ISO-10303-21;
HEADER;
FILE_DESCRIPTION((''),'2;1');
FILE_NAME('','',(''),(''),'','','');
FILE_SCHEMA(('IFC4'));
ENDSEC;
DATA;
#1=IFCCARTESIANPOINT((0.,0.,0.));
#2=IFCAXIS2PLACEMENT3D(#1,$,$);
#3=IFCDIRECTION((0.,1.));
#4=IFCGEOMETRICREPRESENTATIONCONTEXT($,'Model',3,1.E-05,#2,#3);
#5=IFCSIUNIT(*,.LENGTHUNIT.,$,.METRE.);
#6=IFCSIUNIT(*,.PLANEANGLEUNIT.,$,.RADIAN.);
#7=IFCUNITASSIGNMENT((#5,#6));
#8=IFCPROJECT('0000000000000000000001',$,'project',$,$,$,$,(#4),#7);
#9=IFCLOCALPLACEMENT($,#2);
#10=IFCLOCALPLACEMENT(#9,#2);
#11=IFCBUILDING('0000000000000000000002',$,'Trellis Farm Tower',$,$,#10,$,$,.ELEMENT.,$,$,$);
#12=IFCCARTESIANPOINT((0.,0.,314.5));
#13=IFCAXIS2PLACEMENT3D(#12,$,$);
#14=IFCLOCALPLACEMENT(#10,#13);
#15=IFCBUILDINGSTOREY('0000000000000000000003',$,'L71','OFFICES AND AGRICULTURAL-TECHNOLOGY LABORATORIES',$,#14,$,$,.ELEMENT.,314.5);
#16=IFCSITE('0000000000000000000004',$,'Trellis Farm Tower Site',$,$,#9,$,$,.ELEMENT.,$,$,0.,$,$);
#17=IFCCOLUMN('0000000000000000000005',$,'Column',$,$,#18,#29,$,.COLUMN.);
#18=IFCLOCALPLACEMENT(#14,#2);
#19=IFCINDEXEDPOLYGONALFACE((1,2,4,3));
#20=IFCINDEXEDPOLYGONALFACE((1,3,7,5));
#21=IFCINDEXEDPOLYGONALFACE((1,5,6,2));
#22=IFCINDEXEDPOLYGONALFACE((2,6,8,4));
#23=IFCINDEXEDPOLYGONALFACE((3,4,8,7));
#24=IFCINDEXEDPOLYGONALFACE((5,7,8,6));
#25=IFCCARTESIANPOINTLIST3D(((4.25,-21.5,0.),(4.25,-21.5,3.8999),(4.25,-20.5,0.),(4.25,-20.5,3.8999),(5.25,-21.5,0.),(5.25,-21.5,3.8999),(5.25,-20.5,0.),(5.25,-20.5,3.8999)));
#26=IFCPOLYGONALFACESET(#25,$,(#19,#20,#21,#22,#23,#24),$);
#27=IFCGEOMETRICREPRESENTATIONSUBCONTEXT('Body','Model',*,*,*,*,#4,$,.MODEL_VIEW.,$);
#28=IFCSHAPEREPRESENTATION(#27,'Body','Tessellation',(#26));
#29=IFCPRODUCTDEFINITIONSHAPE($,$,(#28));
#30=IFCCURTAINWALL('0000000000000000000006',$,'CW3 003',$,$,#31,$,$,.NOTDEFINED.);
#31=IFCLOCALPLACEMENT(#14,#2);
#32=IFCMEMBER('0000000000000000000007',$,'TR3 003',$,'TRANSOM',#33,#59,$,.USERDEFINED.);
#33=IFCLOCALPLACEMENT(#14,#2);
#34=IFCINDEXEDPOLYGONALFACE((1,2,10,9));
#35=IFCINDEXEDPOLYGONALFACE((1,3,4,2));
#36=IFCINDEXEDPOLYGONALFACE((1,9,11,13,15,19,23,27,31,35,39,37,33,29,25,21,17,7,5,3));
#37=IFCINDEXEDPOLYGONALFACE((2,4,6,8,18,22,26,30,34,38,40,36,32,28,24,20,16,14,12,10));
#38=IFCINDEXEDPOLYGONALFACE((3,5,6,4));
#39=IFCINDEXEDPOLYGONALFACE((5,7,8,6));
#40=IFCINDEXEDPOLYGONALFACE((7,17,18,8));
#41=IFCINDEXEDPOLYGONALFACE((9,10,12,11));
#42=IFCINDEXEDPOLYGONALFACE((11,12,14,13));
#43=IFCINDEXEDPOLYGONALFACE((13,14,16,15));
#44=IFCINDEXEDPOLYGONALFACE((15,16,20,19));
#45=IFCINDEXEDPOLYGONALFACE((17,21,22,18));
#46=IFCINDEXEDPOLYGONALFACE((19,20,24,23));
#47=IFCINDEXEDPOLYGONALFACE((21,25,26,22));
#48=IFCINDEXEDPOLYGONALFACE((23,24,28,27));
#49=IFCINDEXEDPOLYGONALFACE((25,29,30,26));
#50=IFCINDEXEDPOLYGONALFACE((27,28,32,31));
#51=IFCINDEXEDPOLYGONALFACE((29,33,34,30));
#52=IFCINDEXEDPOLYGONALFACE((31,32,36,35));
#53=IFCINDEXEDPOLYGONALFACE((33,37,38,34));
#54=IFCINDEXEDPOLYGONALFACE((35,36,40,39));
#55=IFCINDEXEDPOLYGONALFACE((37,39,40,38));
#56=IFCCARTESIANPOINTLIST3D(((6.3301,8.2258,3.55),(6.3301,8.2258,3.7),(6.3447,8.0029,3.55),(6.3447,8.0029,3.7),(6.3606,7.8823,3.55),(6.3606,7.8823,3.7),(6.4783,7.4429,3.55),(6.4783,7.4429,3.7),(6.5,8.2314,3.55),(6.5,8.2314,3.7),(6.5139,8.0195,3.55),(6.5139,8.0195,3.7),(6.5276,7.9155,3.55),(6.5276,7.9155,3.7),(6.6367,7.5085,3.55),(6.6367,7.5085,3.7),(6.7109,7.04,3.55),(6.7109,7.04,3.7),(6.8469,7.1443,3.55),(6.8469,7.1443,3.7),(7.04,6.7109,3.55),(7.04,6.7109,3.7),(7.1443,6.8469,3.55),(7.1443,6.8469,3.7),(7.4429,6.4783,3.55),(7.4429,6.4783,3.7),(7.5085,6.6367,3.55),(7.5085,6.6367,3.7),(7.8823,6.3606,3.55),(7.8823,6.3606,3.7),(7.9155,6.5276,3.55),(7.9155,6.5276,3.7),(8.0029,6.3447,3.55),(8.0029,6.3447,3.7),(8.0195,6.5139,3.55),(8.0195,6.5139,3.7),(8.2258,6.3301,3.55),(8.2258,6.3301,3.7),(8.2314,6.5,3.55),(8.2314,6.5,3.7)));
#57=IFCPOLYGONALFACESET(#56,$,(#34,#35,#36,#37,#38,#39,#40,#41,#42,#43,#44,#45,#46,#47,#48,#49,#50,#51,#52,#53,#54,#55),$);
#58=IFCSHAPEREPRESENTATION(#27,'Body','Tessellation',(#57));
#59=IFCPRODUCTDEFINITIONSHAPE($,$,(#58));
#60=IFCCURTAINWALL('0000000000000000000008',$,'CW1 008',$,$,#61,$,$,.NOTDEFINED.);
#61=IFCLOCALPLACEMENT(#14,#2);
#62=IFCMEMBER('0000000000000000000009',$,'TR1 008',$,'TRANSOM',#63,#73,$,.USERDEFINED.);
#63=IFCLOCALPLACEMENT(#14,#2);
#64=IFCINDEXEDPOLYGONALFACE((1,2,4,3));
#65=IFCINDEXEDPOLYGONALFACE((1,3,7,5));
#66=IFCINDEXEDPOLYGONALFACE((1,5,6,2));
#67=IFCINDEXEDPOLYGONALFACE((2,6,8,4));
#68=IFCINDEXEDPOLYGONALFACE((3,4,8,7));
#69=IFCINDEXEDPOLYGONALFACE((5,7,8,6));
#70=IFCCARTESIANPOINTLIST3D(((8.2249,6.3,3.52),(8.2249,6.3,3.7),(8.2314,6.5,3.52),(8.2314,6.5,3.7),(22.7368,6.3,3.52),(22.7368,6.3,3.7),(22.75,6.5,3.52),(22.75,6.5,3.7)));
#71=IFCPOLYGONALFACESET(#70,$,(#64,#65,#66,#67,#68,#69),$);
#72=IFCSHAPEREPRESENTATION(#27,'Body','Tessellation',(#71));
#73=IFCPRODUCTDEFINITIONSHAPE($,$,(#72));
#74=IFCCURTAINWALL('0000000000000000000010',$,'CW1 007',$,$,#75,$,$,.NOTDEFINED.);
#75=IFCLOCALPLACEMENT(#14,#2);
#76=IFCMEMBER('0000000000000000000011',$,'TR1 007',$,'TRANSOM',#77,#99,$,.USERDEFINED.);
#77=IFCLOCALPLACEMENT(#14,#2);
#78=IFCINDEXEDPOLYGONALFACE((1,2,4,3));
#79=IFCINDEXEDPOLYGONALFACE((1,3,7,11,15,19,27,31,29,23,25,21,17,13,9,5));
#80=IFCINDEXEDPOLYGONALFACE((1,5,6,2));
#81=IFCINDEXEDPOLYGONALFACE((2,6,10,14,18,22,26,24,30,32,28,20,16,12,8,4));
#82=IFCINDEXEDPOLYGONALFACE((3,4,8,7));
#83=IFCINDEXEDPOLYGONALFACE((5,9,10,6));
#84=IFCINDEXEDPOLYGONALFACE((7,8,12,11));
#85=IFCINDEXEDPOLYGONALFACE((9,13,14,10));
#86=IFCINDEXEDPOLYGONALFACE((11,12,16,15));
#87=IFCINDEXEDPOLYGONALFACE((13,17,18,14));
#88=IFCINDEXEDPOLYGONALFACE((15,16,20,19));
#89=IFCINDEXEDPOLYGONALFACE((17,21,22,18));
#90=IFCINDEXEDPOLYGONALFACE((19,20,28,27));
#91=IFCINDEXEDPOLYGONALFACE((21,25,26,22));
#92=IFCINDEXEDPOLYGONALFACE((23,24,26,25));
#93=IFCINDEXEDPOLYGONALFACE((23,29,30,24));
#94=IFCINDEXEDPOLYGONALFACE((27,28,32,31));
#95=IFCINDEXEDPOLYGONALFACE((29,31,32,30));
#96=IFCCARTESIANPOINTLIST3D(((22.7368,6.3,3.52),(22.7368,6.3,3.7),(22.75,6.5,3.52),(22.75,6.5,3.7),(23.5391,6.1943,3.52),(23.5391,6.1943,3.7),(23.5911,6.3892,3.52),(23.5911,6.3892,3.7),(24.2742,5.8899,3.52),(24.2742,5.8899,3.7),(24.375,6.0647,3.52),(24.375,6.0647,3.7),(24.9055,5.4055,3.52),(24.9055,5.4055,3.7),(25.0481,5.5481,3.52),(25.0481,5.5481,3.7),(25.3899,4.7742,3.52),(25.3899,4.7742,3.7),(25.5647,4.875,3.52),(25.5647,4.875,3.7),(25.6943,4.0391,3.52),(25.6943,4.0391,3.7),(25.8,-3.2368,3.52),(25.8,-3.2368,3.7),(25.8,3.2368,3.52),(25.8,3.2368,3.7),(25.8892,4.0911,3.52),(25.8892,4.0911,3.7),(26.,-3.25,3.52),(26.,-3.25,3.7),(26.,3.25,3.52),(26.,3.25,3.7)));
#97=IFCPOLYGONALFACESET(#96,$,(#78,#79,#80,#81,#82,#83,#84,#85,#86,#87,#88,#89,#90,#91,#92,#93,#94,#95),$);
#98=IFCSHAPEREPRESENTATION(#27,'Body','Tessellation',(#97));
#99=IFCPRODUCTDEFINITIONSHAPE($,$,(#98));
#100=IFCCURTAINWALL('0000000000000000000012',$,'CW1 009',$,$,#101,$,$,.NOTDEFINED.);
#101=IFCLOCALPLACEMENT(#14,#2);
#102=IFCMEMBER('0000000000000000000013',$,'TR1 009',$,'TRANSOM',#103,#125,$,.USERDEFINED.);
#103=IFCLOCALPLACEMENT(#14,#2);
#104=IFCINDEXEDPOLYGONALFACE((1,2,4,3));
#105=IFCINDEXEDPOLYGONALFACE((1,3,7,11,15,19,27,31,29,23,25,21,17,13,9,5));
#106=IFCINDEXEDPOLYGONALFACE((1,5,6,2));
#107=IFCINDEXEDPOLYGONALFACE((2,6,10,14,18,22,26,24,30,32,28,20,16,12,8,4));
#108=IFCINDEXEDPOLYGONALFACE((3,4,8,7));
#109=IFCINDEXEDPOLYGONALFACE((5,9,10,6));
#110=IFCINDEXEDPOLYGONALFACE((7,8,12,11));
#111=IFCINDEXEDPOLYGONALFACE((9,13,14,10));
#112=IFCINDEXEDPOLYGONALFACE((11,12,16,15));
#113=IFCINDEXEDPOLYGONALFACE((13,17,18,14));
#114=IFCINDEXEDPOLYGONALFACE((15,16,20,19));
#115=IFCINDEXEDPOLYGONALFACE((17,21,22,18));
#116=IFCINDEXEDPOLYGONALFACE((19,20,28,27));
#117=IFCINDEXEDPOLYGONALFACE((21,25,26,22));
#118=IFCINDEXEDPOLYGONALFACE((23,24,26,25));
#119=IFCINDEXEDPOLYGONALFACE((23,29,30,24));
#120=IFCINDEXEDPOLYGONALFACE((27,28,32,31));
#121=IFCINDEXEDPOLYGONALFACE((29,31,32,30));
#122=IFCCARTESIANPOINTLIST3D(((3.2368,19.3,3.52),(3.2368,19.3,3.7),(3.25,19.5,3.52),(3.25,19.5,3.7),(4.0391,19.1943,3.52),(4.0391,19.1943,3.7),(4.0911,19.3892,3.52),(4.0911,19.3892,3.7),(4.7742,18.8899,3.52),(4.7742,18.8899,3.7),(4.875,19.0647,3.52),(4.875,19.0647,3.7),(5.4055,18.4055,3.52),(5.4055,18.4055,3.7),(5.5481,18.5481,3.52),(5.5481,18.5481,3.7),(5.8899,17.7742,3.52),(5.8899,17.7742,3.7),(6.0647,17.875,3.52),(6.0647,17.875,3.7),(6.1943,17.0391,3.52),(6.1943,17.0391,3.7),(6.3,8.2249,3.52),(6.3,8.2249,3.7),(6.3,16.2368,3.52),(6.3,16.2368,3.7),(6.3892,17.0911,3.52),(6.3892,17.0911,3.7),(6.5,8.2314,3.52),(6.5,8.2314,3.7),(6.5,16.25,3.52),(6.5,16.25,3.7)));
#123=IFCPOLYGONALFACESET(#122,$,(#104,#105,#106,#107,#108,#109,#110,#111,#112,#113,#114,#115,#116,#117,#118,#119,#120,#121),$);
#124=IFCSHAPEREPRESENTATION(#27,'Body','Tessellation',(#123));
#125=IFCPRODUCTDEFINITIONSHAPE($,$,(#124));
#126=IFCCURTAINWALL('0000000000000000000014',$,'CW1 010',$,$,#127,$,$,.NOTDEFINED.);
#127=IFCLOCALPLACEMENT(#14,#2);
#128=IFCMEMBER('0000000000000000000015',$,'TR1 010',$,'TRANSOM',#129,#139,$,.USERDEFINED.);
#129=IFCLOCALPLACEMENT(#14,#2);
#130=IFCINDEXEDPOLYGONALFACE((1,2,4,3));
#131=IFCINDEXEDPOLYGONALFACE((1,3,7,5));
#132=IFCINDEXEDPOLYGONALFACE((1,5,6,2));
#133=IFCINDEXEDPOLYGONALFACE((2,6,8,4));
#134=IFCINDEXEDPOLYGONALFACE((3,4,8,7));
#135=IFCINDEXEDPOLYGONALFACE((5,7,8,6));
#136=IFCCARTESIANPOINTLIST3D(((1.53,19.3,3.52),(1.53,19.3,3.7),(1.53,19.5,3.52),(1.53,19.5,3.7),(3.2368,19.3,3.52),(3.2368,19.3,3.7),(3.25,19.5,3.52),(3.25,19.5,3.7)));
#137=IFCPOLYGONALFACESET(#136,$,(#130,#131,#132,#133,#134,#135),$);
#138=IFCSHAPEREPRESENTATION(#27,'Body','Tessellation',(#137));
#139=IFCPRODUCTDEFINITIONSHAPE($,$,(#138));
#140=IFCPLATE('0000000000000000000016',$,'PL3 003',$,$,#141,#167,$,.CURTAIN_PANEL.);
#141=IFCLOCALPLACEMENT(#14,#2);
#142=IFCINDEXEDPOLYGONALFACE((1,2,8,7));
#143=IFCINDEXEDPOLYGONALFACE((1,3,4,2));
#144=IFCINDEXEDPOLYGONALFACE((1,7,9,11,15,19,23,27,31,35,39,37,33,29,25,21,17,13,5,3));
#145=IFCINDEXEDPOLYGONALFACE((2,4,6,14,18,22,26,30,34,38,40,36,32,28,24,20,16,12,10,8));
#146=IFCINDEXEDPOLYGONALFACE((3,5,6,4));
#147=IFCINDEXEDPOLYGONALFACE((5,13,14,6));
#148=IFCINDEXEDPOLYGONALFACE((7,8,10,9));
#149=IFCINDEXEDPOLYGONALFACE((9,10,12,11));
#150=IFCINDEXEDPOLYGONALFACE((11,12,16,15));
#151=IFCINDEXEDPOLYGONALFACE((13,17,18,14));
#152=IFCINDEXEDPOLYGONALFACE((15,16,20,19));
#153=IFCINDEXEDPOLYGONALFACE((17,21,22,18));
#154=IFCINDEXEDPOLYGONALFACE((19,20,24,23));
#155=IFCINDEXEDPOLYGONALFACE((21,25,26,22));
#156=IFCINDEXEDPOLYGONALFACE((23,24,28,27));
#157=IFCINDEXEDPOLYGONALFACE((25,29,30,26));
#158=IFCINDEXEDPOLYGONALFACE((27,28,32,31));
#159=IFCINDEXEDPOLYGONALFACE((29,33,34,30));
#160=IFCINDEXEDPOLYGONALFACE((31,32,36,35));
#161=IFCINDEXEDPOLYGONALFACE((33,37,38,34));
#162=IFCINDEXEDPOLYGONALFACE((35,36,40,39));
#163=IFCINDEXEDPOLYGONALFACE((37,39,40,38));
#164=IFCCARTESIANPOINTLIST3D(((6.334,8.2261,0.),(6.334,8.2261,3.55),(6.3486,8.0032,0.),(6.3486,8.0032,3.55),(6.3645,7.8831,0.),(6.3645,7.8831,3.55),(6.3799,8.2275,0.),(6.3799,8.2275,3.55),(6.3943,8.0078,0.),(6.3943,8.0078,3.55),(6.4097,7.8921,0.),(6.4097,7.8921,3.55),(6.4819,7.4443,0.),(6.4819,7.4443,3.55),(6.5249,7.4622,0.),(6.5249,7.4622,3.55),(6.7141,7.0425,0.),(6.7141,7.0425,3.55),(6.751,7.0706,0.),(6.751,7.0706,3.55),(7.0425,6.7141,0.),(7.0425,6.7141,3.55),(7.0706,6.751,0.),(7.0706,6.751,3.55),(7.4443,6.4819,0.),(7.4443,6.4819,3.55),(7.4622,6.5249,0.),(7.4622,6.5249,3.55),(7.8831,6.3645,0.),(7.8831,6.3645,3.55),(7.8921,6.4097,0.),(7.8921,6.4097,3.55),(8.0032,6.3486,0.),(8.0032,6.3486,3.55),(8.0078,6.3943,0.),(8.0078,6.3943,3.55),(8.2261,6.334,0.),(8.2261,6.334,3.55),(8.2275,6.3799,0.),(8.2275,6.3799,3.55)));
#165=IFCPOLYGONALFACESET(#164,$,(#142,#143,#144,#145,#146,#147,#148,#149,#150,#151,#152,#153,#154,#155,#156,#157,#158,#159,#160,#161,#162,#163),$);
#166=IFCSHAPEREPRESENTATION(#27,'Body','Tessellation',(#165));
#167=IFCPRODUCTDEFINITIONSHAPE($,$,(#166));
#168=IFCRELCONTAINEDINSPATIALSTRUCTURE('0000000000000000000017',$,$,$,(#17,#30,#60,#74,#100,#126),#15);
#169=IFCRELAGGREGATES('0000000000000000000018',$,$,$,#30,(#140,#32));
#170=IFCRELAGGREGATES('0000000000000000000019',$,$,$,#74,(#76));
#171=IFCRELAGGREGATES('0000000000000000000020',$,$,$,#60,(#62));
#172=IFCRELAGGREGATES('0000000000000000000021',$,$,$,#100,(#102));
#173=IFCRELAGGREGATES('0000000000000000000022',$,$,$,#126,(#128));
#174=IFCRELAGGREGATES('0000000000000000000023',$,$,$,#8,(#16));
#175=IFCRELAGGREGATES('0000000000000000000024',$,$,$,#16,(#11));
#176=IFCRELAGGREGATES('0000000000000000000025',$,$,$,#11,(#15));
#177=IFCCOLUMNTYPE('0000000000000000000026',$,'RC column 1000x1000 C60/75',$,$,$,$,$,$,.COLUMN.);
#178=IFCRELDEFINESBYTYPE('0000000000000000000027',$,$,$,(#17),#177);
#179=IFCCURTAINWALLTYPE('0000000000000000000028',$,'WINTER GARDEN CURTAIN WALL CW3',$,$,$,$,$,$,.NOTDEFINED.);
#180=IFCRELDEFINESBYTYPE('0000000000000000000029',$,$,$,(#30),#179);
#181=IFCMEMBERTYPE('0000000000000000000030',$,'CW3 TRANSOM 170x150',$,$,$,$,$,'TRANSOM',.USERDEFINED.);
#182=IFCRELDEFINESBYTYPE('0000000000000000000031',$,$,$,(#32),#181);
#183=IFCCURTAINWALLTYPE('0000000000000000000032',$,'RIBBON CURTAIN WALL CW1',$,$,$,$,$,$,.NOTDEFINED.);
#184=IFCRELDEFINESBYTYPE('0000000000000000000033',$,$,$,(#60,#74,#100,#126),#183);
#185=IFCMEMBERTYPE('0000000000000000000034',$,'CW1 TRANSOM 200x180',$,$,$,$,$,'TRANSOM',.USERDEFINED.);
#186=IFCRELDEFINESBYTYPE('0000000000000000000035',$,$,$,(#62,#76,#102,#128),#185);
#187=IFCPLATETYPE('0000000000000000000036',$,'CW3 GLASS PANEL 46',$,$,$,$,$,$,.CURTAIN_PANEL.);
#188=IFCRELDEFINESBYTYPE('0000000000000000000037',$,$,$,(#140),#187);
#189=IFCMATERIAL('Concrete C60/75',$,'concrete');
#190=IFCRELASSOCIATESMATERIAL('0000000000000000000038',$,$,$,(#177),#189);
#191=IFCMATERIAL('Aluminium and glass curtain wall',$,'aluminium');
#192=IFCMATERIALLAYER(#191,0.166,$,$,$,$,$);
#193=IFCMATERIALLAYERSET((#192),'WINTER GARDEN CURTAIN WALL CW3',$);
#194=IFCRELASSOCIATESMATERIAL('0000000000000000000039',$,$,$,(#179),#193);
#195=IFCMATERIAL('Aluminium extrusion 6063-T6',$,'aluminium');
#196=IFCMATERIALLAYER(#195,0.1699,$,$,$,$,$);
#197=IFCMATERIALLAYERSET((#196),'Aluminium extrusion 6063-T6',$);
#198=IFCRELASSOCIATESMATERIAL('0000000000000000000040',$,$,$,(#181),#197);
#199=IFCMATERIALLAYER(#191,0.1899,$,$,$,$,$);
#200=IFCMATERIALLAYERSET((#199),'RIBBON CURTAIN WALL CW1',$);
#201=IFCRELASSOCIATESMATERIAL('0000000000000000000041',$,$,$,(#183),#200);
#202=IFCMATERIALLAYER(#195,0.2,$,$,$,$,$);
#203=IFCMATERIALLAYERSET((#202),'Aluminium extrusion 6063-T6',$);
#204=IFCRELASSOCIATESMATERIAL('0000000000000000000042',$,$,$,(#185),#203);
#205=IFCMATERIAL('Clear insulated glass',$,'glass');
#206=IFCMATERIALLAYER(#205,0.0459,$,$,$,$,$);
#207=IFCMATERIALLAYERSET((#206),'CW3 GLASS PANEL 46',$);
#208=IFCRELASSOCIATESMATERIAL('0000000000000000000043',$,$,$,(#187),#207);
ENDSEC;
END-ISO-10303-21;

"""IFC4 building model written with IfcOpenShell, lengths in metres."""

from ifc_helpers import new_model, si_unit, direction, frame, origin, origin_2d, place, context, subcontext, project, spatial, polyline, rectangle, outline, extrude, source, transform, mapped, material, layer, layer_set, material_profile, profile_set, type_object, element, aggregate, save


model = new_model("IFC4")

# Units and contexts
model_context = context("Model", 3, precision=1e-05, world=origin(), true_north=direction((0.0, 1.0)))
body_context = subcontext(model_context, "Body", "Model", "MODEL_VIEW")
ifc_project = project(units=[si_unit("LENGTHUNIT", "METRE"), si_unit("PLANEANGLEUNIT", "RADIAN")], contexts=[model_context])

# Site, building, storey
site_placement = place(None, origin())
site = spatial("IfcSite", under=ifc_project, at=site_placement, Name="Trellis Farm Tower Site", CompositionType="ELEMENT", RefElevation=0.0)
building_placement = place(site_placement, origin())
building = spatial("IfcBuilding", under=site, at=building_placement, Name="Trellis Farm Tower", CompositionType="ELEMENT")
storey_placement = place(building_placement, frame((0.0, 0.0, 314.5)))
storey = spatial("IfcBuildingStorey", under=building, at=storey_placement, Name="L71", Description="OFFICES AND AGRICULTURAL-TECHNOLOGY LABORATORIES", CompositionType="ELEMENT", Elevation=314.5)

# Column
ifc_material_1 = material(Name="Concrete C60/75", Category="concrete")
ifc_material_profile = material_profile(ifc_material_1, rectangle(XDim=1.0, YDim=1.0, at=origin_2d()), Name="RC column 1000x1000 C60/75")
ifc_profile_set = profile_set([ifc_material_profile], Name="Concrete C60/75")
column_type = type_object("IfcColumnType", Name="RC column 1000x1000 C60/75", PredefinedType="COLUMN", material=ifc_profile_set)
shared_shape_1 = source(origin(), body_context, "Body", "SweptSolid", [
    extrude(rectangle(XDim=1.0, YDim=1.0, at=origin_2d()), origin(), (0.0, 0.0, 1.0), 3.8999),
])
column_placement = place(storey_placement, frame((4.75, -21.0, 0.0), z_axis=(0.0, 0.0, 1.0), x_axis=(1.0, 0.0, 0.0)))
element("IfcColumn", 1, at=column_placement, inside=storey, type_object=column_type, Name="Column", PredefinedType="COLUMN", context=body_context, shape_type="MappedRepresentation", body=[
    mapped(shared_shape_1, transform((0.0, 0.0, 0.0))),
])

# Curtain walls, members
ifc_material_2 = material(Name="Aluminium and glass curtain wall", Category="aluminium")
ifc_layer_1 = layer(ifc_material_2, 0.166)
ifc_layer_set_1 = layer_set([ifc_layer_1], Name="WINTER GARDEN CURTAIN WALL CW3")
curtain_wall_type_1 = type_object("IfcCurtainWallType", Name="WINTER GARDEN CURTAIN WALL CW3", PredefinedType="NOTDEFINED", material=ifc_layer_set_1)
placement_1 = place(storey_placement, origin())
curtain_wall_1 = element("IfcCurtainWall", 2, at=placement_1, inside=storey, type_object=curtain_wall_type_1, Name="CW3 003", PredefinedType="NOTDEFINED")
ifc_material_3 = material(Name="Aluminium extrusion 6063-T6", Category="aluminium")
ifc_layer_2 = layer(ifc_material_3, 0.1699)
ifc_layer_set_2 = layer_set([ifc_layer_2], Name="Aluminium extrusion 6063-T6")
member_type_1 = type_object("IfcMemberType", Name="CW3 TRANSOM 170x150", ElementType="TRANSOM", PredefinedType="USERDEFINED", material=ifc_layer_set_2)
shared_shape_2 = source(origin(), body_context, "Body", "SweptSolid", [
    extrude(outline(polyline([(8.2314, 6.5), (8.0195, 6.5139), (7.9155, 6.5276), (7.5085, 6.6367), (7.1443, 6.8469), (6.8469, 7.1443), (6.6367, 7.5085), (6.5276, 7.9155), (6.5139, 8.0195), (6.5, 8.2314), (6.3301, 8.2258), (6.3447, 8.0029), (6.3606, 7.8823), (6.4783, 7.4429), (6.7109, 7.04), (7.04, 6.7109), (7.4429, 6.4783), (7.8823, 6.3606), (8.0029, 6.3447), (8.2258, 6.3301), (8.2314, 6.5)])), origin(), (0.0, 0.0, 1.0), 0.1499),
])
member_1_placement = place(storey_placement, frame((0.0, 0.0, 3.55)))
member_1 = element("IfcMember", 3, at=member_1_placement, type_object=member_type_1, Name="TR3 003", ObjectType="TRANSOM", PredefinedType="USERDEFINED", context=body_context, shape_type="MappedRepresentation", body=[
    mapped(shared_shape_2, transform((0.0, 0.0, 0.0))),
])
ifc_layer_3 = layer(ifc_material_2, 0.1899)
ifc_layer_set_3 = layer_set([ifc_layer_3], Name="RIBBON CURTAIN WALL CW1")
curtain_wall_type_2 = type_object("IfcCurtainWallType", Name="RIBBON CURTAIN WALL CW1", PredefinedType="NOTDEFINED", material=ifc_layer_set_3)
curtain_wall_2 = element("IfcCurtainWall", 4, at=placement_1, inside=storey, type_object=curtain_wall_type_2, Name="CW1 008", PredefinedType="NOTDEFINED")
ifc_layer_4 = layer(ifc_material_3, 0.2)
ifc_layer_set_4 = layer_set([ifc_layer_4], Name="Aluminium extrusion 6063-T6")
member_type_2 = type_object("IfcMemberType", Name="CW1 TRANSOM 200x180", ElementType="TRANSOM", PredefinedType="USERDEFINED", material=ifc_layer_set_4)
shared_shape_3 = source(origin(), body_context, "Body", "SweptSolid", [
    extrude(outline(polyline([(22.75, 6.5), (8.2314, 6.5), (8.2249, 6.3), (22.7368, 6.3), (22.75, 6.5)])), origin(), (0.0, 0.0, 1.0), 0.1799),
])
placement_2 = place(storey_placement, frame((0.0, 0.0, 3.52)))
member_2 = element("IfcMember", 5, at=placement_2, type_object=member_type_2, Name="TR1 008", ObjectType="TRANSOM", PredefinedType="USERDEFINED", context=body_context, shape_type="MappedRepresentation", body=[
    mapped(shared_shape_3, transform((0.0, 0.0, 0.0))),
])
curtain_wall_3 = element("IfcCurtainWall", 6, at=placement_1, inside=storey, type_object=curtain_wall_type_2, Name="CW1 007", PredefinedType="NOTDEFINED")
shared_shape_4 = source(origin(), body_context, "Body", "SweptSolid", [
    extrude(outline(polyline([(26.0, -3.25), (26.0, 3.25), (25.8892, 4.0911), (25.5647, 4.875), (25.0481, 5.5481), (24.375, 6.0647), (23.5911, 6.3892), (22.75, 6.5), (22.7368, 6.3), (23.5391, 6.1943), (24.2742, 5.8899), (24.9055, 5.4055), (25.3899, 4.7742), (25.6943, 4.0391), (25.8, 3.2368), (25.8, -3.2368), (26.0, -3.25)])), origin(), (0.0, 0.0, 1.0), 0.1799),
])
member_3 = element("IfcMember", 7, at=placement_2, type_object=member_type_2, Name="TR1 007", ObjectType="TRANSOM", PredefinedType="USERDEFINED", context=body_context, shape_type="MappedRepresentation", body=[
    mapped(shared_shape_4, transform((0.0, 0.0, 0.0))),
])
curtain_wall_4 = element("IfcCurtainWall", 8, at=placement_1, inside=storey, type_object=curtain_wall_type_2, Name="CW1 009", PredefinedType="NOTDEFINED")
shared_shape_5 = source(origin(), body_context, "Body", "SweptSolid", [
    extrude(outline(polyline([(6.5, 8.2314), (6.5, 16.25), (6.3892, 17.0911), (6.0647, 17.875), (5.5481, 18.5481), (4.875, 19.0647), (4.0911, 19.3892), (3.25, 19.5), (3.2368, 19.3), (4.0391, 19.1943), (4.7742, 18.8899), (5.4055, 18.4055), (5.8899, 17.7742), (6.1943, 17.0391), (6.3, 16.2368), (6.3, 8.2249), (6.5, 8.2314)])), origin(), (0.0, 0.0, 1.0), 0.1799),
])
member_4 = element("IfcMember", 9, at=placement_2, type_object=member_type_2, Name="TR1 009", ObjectType="TRANSOM", PredefinedType="USERDEFINED", context=body_context, shape_type="MappedRepresentation", body=[
    mapped(shared_shape_5, transform((0.0, 0.0, 0.0))),
])
curtain_wall_5 = element("IfcCurtainWall", 10, at=placement_1, inside=storey, type_object=curtain_wall_type_2, Name="CW1 010", PredefinedType="NOTDEFINED")
shared_shape_6 = source(origin(), body_context, "Body", "SweptSolid", [
    extrude(outline(polyline([(3.25, 19.5), (1.53, 19.5), (1.53, 19.3), (3.2368, 19.3), (3.25, 19.5)])), origin(), (0.0, 0.0, 1.0), 0.1799),
])
member_5 = element("IfcMember", 11, at=placement_2, type_object=member_type_2, Name="TR1 010", ObjectType="TRANSOM", PredefinedType="USERDEFINED", context=body_context, shape_type="MappedRepresentation", body=[
    mapped(shared_shape_6, transform((0.0, 0.0, 0.0))),
])

# Plate
ifc_material_4 = material(Name="Clear insulated glass", Category="glass")
ifc_layer_5 = layer(ifc_material_4, 0.0459)
ifc_layer_set_5 = layer_set([ifc_layer_5], Name="CW3 GLASS PANEL 46")
plate_type_1 = type_object("IfcPlateType", Name="CW3 GLASS PANEL 46", PredefinedType="CURTAIN_PANEL", material=ifc_layer_set_5)
shared_shape_7 = source(origin(), body_context, "Body", "SweptSolid", [
    extrude(outline(polyline([(8.2275, 6.3799), (8.0078, 6.3943), (7.8921, 6.4097), (7.4622, 6.5249), (7.0706, 6.751), (6.751, 7.0706), (6.5249, 7.4622), (6.4097, 7.8921), (6.3943, 8.0078), (6.3799, 8.2275), (6.334, 8.2261), (6.3486, 8.0032), (6.3645, 7.8831), (6.4819, 7.4443), (6.7141, 7.0425), (7.0425, 6.7141), (7.4443, 6.4819), (7.8831, 6.3645), (8.0032, 6.3486), (8.2261, 6.334), (8.2275, 6.3799)])), origin(), (0.0, 0.0, 1.0), 3.55),
])
plate_1 = element("IfcPlate", 12, at=placement_1, type_object=plate_type_1, Name="PL3 003", PredefinedType="CURTAIN_PANEL", context=body_context, shape_type="MappedRepresentation", body=[
    mapped(shared_shape_7, transform((0.0, 0.0, 0.0))),
])
aggregate(curtain_wall_1, [plate_1, member_1])
aggregate(curtain_wall_3, [member_3])
aggregate(curtain_wall_2, [member_2])
aggregate(curtain_wall_4, [member_4])
aggregate(curtain_wall_5, [member_5])

save(model, "model.ifc")
